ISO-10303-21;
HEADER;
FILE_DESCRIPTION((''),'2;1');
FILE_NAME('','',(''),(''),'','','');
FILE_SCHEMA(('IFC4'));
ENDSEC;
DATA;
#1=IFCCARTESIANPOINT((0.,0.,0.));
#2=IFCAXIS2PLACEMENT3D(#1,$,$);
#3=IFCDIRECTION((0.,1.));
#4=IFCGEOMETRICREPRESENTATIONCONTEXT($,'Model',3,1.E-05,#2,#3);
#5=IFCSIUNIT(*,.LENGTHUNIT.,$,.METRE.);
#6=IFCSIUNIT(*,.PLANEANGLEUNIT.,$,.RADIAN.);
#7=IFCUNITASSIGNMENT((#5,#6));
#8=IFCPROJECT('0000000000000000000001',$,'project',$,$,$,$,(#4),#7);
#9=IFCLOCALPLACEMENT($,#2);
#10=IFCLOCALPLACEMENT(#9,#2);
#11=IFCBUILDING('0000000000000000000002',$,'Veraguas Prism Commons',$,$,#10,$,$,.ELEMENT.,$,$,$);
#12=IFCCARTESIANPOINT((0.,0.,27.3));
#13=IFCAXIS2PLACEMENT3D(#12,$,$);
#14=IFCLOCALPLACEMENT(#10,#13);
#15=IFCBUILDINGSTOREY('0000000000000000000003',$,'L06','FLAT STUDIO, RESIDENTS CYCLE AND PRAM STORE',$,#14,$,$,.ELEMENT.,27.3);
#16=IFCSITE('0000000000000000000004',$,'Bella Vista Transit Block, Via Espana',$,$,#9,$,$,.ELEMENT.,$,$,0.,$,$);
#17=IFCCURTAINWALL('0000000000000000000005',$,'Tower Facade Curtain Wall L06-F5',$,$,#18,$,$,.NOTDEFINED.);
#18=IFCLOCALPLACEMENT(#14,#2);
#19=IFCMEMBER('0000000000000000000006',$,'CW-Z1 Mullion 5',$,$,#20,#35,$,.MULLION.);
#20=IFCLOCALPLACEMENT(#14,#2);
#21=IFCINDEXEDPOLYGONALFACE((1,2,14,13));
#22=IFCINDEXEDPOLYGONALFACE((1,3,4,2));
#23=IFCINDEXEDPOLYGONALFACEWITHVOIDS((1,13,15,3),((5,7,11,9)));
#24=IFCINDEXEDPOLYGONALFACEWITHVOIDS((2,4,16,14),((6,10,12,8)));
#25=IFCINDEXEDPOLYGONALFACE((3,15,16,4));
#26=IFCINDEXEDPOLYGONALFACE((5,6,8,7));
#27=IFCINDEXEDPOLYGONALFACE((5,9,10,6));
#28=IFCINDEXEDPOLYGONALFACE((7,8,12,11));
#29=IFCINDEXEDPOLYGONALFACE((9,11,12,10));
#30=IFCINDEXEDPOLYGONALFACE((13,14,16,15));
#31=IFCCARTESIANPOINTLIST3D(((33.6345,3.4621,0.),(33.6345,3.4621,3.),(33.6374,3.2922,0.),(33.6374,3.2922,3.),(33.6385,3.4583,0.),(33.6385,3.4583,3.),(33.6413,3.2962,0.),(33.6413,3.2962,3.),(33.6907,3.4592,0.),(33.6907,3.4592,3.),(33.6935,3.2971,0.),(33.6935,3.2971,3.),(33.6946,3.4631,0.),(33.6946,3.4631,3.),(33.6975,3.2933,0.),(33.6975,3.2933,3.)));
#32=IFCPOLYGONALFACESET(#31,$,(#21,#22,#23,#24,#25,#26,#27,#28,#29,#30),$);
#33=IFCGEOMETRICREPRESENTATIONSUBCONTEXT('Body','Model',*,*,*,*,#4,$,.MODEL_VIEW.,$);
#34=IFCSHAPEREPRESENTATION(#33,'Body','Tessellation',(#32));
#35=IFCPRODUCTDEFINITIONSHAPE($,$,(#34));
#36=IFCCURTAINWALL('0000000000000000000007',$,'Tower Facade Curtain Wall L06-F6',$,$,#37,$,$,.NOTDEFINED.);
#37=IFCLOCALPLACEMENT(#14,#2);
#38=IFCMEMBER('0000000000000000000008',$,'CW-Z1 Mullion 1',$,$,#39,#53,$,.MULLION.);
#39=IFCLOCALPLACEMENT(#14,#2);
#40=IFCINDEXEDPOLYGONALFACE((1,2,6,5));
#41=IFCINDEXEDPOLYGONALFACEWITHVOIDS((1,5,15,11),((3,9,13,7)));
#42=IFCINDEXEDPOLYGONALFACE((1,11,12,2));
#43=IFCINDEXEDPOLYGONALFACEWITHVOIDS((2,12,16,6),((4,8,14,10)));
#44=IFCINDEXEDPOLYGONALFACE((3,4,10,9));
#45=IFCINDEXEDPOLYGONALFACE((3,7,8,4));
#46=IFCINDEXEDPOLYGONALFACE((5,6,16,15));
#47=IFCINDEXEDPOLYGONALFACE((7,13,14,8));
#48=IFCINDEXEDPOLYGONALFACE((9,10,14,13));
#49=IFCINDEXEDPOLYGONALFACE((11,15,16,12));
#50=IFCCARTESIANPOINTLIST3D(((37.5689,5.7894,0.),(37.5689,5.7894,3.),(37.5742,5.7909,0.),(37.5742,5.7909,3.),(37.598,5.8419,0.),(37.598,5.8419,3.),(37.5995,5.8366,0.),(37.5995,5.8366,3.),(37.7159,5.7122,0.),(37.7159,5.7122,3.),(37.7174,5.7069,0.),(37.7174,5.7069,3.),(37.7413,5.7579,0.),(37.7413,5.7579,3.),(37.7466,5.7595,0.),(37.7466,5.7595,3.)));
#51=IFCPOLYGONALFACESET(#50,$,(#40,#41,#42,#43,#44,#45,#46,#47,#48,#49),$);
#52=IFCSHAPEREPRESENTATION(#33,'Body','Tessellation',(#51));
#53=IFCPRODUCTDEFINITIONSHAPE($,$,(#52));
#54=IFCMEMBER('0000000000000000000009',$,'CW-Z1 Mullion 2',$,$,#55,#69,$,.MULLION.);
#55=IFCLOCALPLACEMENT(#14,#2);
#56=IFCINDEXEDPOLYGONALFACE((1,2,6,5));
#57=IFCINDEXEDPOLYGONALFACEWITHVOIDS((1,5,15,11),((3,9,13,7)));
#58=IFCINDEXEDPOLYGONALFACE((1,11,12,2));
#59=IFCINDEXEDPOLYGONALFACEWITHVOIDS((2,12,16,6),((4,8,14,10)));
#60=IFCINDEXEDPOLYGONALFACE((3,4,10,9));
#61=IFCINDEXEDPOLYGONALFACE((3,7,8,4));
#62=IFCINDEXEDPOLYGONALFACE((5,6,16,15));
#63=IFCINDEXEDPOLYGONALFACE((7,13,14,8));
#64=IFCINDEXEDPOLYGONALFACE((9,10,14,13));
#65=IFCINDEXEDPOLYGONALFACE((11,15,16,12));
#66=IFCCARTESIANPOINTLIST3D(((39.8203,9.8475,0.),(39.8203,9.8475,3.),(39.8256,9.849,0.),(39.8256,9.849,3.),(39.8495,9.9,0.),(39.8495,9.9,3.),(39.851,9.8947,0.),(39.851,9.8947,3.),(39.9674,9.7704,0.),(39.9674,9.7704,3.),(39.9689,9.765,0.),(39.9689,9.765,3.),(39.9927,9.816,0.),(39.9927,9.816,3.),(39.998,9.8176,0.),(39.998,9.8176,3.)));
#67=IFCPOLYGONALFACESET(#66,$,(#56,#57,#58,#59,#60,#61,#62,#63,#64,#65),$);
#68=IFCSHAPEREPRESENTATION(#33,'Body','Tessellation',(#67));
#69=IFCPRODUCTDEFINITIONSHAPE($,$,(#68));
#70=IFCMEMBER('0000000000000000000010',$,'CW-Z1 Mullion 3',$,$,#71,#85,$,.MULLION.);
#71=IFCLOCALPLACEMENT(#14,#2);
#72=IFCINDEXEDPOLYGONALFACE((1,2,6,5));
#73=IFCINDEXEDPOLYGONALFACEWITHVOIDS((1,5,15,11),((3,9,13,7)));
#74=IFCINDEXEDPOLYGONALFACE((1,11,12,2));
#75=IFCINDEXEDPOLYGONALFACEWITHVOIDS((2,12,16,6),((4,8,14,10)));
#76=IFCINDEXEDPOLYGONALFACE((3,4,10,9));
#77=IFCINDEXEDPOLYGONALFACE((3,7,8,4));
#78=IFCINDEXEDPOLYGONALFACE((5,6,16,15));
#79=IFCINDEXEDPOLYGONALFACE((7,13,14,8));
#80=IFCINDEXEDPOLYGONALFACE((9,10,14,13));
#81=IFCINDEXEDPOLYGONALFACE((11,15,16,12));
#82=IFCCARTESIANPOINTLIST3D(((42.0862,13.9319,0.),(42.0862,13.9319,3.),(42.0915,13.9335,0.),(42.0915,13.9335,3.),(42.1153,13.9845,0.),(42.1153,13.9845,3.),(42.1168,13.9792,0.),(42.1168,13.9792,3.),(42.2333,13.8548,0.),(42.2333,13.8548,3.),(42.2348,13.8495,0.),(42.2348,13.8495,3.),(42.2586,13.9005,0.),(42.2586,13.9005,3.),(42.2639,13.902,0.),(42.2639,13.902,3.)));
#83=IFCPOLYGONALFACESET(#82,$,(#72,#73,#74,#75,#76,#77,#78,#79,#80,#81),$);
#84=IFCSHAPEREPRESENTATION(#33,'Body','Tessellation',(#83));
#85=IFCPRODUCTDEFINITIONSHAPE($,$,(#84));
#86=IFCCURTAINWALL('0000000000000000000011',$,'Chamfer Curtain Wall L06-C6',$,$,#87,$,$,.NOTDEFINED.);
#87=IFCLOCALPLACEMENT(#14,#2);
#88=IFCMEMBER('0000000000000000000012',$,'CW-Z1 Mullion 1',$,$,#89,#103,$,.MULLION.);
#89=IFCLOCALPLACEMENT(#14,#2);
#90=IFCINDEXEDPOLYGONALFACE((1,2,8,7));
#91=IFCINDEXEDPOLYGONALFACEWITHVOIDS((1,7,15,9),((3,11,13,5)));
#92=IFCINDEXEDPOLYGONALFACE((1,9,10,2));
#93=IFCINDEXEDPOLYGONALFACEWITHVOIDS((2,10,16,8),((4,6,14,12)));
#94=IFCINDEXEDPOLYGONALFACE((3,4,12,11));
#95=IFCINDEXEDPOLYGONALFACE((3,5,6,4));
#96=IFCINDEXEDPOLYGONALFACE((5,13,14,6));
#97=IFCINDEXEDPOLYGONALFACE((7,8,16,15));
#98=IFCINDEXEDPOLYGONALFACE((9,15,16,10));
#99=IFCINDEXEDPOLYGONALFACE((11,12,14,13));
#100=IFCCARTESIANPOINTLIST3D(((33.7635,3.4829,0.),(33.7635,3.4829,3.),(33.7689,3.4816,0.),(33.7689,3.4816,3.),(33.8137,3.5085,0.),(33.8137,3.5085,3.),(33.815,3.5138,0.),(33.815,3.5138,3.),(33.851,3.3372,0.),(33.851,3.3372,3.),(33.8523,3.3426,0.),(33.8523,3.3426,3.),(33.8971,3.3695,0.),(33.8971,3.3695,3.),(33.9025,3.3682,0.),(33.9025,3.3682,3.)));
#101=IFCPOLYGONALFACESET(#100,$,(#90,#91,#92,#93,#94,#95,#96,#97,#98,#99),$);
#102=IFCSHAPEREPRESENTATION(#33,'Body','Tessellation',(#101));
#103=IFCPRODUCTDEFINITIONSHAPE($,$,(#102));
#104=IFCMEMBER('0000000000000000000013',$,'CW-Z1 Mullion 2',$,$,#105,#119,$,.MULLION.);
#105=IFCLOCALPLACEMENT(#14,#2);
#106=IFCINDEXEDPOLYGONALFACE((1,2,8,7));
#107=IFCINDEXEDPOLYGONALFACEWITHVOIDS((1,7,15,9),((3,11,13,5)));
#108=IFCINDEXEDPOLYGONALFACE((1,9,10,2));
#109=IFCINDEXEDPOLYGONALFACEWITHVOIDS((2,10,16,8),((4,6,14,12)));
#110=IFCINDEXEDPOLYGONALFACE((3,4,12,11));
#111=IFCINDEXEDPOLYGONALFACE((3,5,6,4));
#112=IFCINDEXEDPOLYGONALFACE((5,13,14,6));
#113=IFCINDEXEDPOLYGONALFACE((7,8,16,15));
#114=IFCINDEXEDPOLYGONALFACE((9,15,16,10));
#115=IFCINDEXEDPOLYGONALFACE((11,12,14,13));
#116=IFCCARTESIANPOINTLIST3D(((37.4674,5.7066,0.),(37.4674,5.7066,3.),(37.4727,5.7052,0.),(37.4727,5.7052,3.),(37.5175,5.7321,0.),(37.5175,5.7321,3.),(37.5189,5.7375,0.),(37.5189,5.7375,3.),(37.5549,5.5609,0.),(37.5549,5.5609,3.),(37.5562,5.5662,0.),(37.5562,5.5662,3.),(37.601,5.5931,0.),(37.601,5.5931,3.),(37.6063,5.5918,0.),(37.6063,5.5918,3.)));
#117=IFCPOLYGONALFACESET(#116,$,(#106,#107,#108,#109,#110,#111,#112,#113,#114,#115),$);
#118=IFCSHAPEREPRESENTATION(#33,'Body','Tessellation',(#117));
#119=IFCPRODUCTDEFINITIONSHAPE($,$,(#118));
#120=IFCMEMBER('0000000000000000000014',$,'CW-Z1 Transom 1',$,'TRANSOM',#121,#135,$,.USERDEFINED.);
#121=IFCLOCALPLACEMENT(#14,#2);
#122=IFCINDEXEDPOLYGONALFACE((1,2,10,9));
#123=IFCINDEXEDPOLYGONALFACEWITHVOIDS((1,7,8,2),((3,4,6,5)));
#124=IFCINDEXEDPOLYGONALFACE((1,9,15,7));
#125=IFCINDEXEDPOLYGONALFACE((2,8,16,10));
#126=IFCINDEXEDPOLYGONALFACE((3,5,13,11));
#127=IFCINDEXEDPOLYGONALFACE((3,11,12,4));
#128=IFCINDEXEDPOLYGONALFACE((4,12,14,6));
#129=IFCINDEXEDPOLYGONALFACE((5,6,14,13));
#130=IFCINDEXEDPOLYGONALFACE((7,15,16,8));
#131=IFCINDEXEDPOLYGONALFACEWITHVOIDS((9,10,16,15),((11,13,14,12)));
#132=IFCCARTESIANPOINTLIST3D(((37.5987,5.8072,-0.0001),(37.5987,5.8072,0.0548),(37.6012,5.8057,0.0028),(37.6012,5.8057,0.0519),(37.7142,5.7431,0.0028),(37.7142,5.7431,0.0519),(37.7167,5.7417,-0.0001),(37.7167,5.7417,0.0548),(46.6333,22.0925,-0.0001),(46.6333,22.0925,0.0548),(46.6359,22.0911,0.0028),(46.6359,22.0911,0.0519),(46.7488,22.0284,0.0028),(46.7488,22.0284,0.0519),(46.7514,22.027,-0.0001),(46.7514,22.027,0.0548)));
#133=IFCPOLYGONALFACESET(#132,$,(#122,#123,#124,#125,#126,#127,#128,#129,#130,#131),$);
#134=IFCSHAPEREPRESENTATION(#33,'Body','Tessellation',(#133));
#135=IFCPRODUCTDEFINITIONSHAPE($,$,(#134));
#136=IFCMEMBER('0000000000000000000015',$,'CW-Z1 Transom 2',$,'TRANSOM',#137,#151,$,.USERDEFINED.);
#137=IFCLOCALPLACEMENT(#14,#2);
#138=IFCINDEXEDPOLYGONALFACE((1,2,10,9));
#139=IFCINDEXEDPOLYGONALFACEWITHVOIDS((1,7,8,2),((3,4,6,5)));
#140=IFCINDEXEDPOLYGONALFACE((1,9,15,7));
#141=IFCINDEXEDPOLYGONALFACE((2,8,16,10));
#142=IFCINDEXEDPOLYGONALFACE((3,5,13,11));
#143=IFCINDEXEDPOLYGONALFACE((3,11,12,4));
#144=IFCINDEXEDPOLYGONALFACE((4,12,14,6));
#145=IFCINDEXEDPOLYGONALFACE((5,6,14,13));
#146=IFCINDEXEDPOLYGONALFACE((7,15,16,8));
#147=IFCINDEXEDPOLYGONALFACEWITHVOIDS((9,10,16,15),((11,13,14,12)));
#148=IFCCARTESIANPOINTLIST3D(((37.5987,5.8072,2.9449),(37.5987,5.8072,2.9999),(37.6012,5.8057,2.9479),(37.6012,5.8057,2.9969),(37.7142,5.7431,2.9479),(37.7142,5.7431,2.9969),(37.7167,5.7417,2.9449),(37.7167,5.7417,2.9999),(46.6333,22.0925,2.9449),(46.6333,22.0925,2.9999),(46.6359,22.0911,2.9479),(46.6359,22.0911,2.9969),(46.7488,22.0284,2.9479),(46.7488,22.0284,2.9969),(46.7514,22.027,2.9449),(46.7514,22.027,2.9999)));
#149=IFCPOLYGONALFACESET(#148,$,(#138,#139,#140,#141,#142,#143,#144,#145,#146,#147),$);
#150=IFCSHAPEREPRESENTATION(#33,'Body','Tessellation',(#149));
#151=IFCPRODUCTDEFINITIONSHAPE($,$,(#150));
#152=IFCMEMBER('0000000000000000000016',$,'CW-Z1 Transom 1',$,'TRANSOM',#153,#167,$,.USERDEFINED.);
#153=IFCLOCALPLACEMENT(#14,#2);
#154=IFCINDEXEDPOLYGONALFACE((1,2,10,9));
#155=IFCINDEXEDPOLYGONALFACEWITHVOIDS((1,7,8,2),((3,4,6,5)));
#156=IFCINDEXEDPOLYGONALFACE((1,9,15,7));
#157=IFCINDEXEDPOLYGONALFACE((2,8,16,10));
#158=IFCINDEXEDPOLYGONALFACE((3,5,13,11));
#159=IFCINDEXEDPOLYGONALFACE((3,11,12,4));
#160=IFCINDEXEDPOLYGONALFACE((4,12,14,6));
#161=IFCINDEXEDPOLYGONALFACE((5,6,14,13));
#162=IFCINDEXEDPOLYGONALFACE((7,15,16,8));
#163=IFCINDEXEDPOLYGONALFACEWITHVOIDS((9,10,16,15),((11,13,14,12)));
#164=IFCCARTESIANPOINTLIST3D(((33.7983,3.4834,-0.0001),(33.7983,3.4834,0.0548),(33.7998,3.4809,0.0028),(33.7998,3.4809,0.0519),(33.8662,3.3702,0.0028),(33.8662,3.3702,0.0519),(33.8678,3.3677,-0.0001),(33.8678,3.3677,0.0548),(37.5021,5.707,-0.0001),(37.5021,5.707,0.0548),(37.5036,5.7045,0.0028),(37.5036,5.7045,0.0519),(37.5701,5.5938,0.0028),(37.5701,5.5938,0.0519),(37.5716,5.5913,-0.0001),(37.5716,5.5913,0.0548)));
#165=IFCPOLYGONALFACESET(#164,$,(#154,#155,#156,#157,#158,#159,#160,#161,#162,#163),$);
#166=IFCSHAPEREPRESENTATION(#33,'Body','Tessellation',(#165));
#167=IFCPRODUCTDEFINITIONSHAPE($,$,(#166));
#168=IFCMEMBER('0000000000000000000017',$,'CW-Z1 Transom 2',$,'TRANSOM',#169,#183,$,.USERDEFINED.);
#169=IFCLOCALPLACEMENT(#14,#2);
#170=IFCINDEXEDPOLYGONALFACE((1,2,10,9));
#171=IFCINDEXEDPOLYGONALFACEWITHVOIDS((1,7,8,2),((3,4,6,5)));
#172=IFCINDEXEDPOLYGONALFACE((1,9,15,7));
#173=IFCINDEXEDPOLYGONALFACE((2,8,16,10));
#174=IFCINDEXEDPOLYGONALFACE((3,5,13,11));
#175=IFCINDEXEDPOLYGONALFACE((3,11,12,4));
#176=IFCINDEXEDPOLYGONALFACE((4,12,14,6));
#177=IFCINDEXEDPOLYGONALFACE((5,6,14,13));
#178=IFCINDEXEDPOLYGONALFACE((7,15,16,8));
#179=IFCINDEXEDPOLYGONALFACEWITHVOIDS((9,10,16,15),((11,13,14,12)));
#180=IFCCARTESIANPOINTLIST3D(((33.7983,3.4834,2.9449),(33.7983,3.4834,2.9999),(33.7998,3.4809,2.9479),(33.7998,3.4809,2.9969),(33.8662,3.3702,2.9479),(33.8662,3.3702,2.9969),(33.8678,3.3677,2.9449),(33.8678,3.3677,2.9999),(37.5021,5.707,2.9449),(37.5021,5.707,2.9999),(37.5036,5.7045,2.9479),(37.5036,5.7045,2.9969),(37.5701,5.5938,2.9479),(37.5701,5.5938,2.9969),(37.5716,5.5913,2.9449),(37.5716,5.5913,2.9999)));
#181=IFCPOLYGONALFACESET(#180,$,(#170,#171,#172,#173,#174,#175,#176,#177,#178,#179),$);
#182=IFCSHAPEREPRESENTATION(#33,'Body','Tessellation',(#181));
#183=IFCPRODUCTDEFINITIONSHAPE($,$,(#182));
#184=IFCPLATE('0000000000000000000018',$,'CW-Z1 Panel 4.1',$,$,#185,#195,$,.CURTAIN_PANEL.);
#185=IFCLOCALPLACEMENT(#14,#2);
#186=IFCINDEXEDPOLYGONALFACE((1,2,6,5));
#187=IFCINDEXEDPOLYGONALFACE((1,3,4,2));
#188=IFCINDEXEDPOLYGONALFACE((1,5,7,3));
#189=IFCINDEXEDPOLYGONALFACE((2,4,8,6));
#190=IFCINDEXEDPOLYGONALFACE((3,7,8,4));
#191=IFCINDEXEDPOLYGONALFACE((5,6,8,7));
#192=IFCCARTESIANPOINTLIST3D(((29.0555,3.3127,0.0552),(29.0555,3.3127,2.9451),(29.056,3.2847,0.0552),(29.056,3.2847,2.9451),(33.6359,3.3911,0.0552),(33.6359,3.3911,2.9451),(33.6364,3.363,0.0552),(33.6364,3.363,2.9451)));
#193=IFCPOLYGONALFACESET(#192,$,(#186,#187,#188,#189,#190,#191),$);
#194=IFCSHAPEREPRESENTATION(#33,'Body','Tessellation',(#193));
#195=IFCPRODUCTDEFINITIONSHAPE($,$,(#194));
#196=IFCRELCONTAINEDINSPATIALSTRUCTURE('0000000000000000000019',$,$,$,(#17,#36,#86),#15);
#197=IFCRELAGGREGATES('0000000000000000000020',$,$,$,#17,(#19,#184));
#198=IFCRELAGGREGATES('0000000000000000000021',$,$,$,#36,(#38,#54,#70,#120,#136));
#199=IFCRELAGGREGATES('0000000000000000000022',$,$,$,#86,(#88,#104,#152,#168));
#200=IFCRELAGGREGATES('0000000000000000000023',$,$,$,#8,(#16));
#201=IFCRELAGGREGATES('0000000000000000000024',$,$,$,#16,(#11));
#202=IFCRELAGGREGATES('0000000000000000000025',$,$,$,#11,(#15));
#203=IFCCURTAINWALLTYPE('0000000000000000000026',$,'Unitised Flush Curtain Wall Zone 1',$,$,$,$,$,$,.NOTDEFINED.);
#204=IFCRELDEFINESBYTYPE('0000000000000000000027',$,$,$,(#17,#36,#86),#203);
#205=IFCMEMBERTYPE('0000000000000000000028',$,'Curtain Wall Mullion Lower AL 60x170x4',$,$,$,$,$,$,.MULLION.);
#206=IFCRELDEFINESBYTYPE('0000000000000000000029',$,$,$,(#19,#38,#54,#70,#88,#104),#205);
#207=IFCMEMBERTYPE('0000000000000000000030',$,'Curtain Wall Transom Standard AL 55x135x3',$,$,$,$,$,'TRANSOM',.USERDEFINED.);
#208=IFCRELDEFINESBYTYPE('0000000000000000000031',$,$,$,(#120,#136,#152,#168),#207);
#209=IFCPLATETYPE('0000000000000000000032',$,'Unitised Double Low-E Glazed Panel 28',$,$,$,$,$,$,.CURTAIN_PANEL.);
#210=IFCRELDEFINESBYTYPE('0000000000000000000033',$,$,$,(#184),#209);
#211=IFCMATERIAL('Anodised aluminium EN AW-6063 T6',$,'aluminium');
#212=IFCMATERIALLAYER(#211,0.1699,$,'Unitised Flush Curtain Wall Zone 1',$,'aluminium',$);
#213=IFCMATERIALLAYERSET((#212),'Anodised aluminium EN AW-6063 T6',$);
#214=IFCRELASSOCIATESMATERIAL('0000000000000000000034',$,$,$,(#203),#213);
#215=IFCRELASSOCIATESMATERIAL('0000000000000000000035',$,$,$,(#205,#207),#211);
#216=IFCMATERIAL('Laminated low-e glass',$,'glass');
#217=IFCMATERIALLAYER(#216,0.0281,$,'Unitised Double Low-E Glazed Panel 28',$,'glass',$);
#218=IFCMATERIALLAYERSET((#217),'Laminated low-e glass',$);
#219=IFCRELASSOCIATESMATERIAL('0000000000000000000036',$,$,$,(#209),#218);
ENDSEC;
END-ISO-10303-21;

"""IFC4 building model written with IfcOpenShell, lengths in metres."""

from ifc_helpers import new_model, si_unit, direction, frame, origin, origin_2d, place, context, subcontext, project, spatial, rectangle, hollow_rectangle, extrude, source, transform, mapped, material, layer, layer_set, material_profile, profile_set, type_object, element, aggregate, save


model = new_model("IFC4")

# Units and contexts
model_context = context("Model", 3, precision=1e-05, world=origin(), true_north=direction((0.0, 1.0)))
body_context = subcontext(model_context, "Body", "Model", "MODEL_VIEW")
ifc_project = project(units=[si_unit("LENGTHUNIT", "METRE"), si_unit("PLANEANGLEUNIT", "RADIAN")], contexts=[model_context])

# Site, building, storey
site_placement = place(None, origin())
site = spatial("IfcSite", under=ifc_project, at=site_placement, Name="Bella Vista Transit Block, Via Espana", CompositionType="ELEMENT", RefElevation=0.0)
building_placement = place(site_placement, origin())
building = spatial("IfcBuilding", under=site, at=building_placement, Name="Veraguas Prism Commons", CompositionType="ELEMENT")
storey_placement = place(building_placement, frame((0.0, 0.0, 27.3)))
storey = spatial("IfcBuildingStorey", under=building, at=storey_placement, Name="L06", Description="FLAT STUDIO, RESIDENTS CYCLE AND PRAM STORE", CompositionType="ELEMENT", Elevation=27.3)

# Curtain wall, member
ifc_material_1 = material(Name="Anodised aluminium EN AW-6063 T6", Category="aluminium")
ifc_layer_1 = layer(ifc_material_1, 0.1699, Name="Unitised Flush Curtain Wall Zone 1", Category="aluminium")
ifc_layer_set_1 = layer_set([ifc_layer_1], Name="Anodised aluminium EN AW-6063 T6")
curtain_wall_type = type_object("IfcCurtainWallType", Name="Unitised Flush Curtain Wall Zone 1", PredefinedType="NOTDEFINED", material=ifc_layer_set_1)
curtain_wall_1_placement = place(storey_placement, origin())
curtain_wall_1 = element("IfcCurtainWall", 1, at=curtain_wall_1_placement, inside=storey, type_object=curtain_wall_type, Name="Tower Facade Curtain Wall L06-F5", PredefinedType="NOTDEFINED")
ifc_material_profile_1 = material_profile(ifc_material_1, hollow_rectangle(XDim=0.0601, YDim=0.1699, WallThickness=0.0039, at=origin_2d()), Name="AL60X170X4")
ifc_profile_set_1 = profile_set([ifc_material_profile_1], Name="Anodised aluminium EN AW-6063 T6")
member_type_1 = type_object("IfcMemberType", Name="Curtain Wall Mullion Lower AL 60x170x4", PredefinedType="MULLION", material=ifc_profile_set_1)
shared_shape_1 = source(origin(), body_context, "Body", "SweptSolid", [
    extrude(hollow_rectangle(XDim=0.0601, YDim=0.1699, WallThickness=0.0039, at=origin_2d()), origin(), (0.0, 0.0, 1.0), 3.0),
])
member_1_placement = place(storey_placement, frame((33.666, 3.3777, 0.0), z_axis=(0.0, 0.0, 1.0), x_axis=(0.999854, 0.017105, 0.0)))
member_1 = element("IfcMember", 2, at=member_1_placement, type_object=member_type_1, Name="CW-Z1 Mullion 5", PredefinedType="MULLION", context=body_context, shape_type="MappedRepresentation", body=[
    mapped(shared_shape_1, transform((0.0, 0.0, 0.0), scale=1.0)),
])

# Curtain walls, members
curtain_wall_2_placement = place(storey_placement, origin())
curtain_wall_2 = element("IfcCurtainWall", 3, at=curtain_wall_2_placement, inside=storey, type_object=curtain_wall_type, Name="Tower Facade Curtain Wall L06-F6", PredefinedType="NOTDEFINED")
member_2_placement = place(storey_placement, frame((37.6577, 5.7744, 0.0), z_axis=(0.0, 0.0, 1.0), x_axis=(0.485116, 0.87445, 0.0)))
member_2 = element("IfcMember", 4, at=member_2_placement, type_object=member_type_1, Name="CW-Z1 Mullion 1", PredefinedType="MULLION", context=body_context, shape_type="MappedRepresentation", body=[
    mapped(shared_shape_1, transform((0.0, 0.0, 0.0), scale=1.0)),
])
member_3_placement = place(storey_placement, frame((39.9092, 9.8325, 0.0), z_axis=(0.0, 0.0, 1.0), x_axis=(0.485116, 0.87445, 0.0)))
member_3 = element("IfcMember", 5, at=member_3_placement, type_object=member_type_1, Name="CW-Z1 Mullion 2", PredefinedType="MULLION", context=body_context, shape_type="MappedRepresentation", body=[
    mapped(shared_shape_1, transform((0.0, 0.0, 0.0), scale=1.0)),
])
member_4_placement = place(storey_placement, frame((42.175, 13.917, 0.0), z_axis=(0.0, 0.0, 1.0), x_axis=(0.485116, 0.87445, 0.0)))
member_4 = element("IfcMember", 6, at=member_4_placement, type_object=member_type_1, Name="CW-Z1 Mullion 3", PredefinedType="MULLION", context=body_context, shape_type="MappedRepresentation", body=[
    mapped(shared_shape_1, transform((0.0, 0.0, 0.0), scale=1.0)),
])
curtain_wall_3_placement = place(storey_placement, origin())
curtain_wall_3 = element("IfcCurtainWall", 7, at=curtain_wall_3_placement, inside=storey, type_object=curtain_wall_type, Name="Chamfer Curtain Wall L06-C6", PredefinedType="NOTDEFINED")
member_5_placement = place(storey_placement, frame((33.833, 3.4255, 0.0), z_axis=(0.0, 0.0, 1.0), x_axis=(0.85735, 0.514734, 0.0)))
member_5 = element("IfcMember", 8, at=member_5_placement, type_object=member_type_1, Name="CW-Z1 Mullion 1", PredefinedType="MULLION", context=body_context, shape_type="MappedRepresentation", body=[
    mapped(shared_shape_1, transform((0.0, 0.0, 0.0), scale=1.0)),
])
member_6_placement = place(storey_placement, frame((37.5369, 5.6492, 0.0), z_axis=(0.0, 0.0, 1.0), x_axis=(0.85735, 0.514734, 0.0)))
member_6 = element("IfcMember", 9, at=member_6_placement, type_object=member_type_1, Name="CW-Z1 Mullion 2", PredefinedType="MULLION", context=body_context, shape_type="MappedRepresentation", body=[
    mapped(shared_shape_1, transform((0.0, 0.0, 0.0), scale=1.0)),
])

# Members
ifc_material_profile_2 = material_profile(ifc_material_1, hollow_rectangle(XDim=0.0549, YDim=0.135, WallThickness=0.0029, at=origin_2d()), Name="AL55X135X3")
ifc_profile_set_2 = profile_set([ifc_material_profile_2], Name="Anodised aluminium EN AW-6063 T6")
member_type_2 = type_object("IfcMemberType", Name="Curtain Wall Transom Standard AL 55x135x3", ElementType="TRANSOM", PredefinedType="USERDEFINED", material=ifc_profile_set_2)
shared_shape_2 = source(origin(), body_context, "Body", "SweptSolid", [
    extrude(hollow_rectangle(XDim=0.0549, YDim=0.135, WallThickness=0.0029, at=origin_2d()), origin(), (0.0, 0.0, 1.0), 18.6235),
])
member_7_placement = place(storey_placement, frame((37.6577, 5.7744, 0.0273), z_axis=(0.485119, 0.874448, 0.0), x_axis=(0.0, 0.0, 1.0)))
member_7 = element("IfcMember", 10, at=member_7_placement, type_object=member_type_2, Name="CW-Z1 Transom 1", ObjectType="TRANSOM", PredefinedType="USERDEFINED", context=body_context, shape_type="MappedRepresentation", body=[
    mapped(shared_shape_2, transform((0.0, 0.0, 0.0), scale=1.0)),
])
member_8_placement = place(storey_placement, frame((37.6577, 5.7744, 2.9724), z_axis=(0.485119, 0.874448, 0.0), x_axis=(0.0, 0.0, 1.0)))
member_8 = element("IfcMember", 11, at=member_8_placement, type_object=member_type_2, Name="CW-Z1 Transom 2", ObjectType="TRANSOM", PredefinedType="USERDEFINED", context=body_context, shape_type="MappedRepresentation", body=[
    mapped(shared_shape_2, transform((0.0, 0.0, 0.0), scale=1.0)),
])
shared_shape_3 = source(origin(), body_context, "Body", "SweptSolid", [
    extrude(hollow_rectangle(XDim=0.0549, YDim=0.135, WallThickness=0.0029, at=origin_2d()), origin(), (0.0, 0.0, 1.0), 4.3201),
])
member_9_placement = place(storey_placement, frame((33.833, 3.4255, 0.0273), z_axis=(0.857358, 0.51472, 0.0), x_axis=(0.0, 0.0, 1.0)))
member_9 = element("IfcMember", 12, at=member_9_placement, type_object=member_type_2, Name="CW-Z1 Transom 1", ObjectType="TRANSOM", PredefinedType="USERDEFINED", context=body_context, shape_type="MappedRepresentation", body=[
    mapped(shared_shape_3, transform((0.0, 0.0, 0.0), scale=1.0)),
])
member_10_placement = place(storey_placement, frame((33.833, 3.4255, 2.9724), z_axis=(0.857358, 0.51472, 0.0), x_axis=(0.0, 0.0, 1.0)))
member_10 = element("IfcMember", 13, at=member_10_placement, type_object=member_type_2, Name="CW-Z1 Transom 2", ObjectType="TRANSOM", PredefinedType="USERDEFINED", context=body_context, shape_type="MappedRepresentation", body=[
    mapped(shared_shape_3, transform((0.0, 0.0, 0.0), scale=1.0)),
])

# Plate
ifc_material_2 = material(Name="Laminated low-e glass", Category="glass")
ifc_layer_2 = layer(ifc_material_2, 0.0281, Name="Unitised Double Low-E Glazed Panel 28", Category="glass")
ifc_layer_set_2 = layer_set([ifc_layer_2], Name="Laminated low-e glass")
plate_type = type_object("IfcPlateType", Name="Unitised Double Low-E Glazed Panel 28", PredefinedType="CURTAIN_PANEL", material=ifc_layer_set_2)
shared_shape_4 = source(origin(), body_context, "Body", "SweptSolid", [
    extrude(rectangle(XDim=4.5811, YDim=0.0281, at=origin_2d()), origin(), (0.0, 0.0, 1.0), 2.8899),
])
plate_1_placement = place(storey_placement, frame((31.3459, 3.3379, 0.0552), z_axis=(0.0, 0.0, 1.0), x_axis=(0.999854, 0.017105, 0.0)))
plate_1 = element("IfcPlate", 14, at=plate_1_placement, type_object=plate_type, Name="CW-Z1 Panel 4.1", PredefinedType="CURTAIN_PANEL", context=body_context, shape_type="MappedRepresentation", body=[
    mapped(shared_shape_4, transform((0.0, 0.0, 0.0), scale=1.0)),
])
aggregate(curtain_wall_1, [member_1, plate_1])
aggregate(curtain_wall_2, [member_2, member_3, member_4, member_7, member_8])
aggregate(curtain_wall_3, [member_5, member_6, member_9, member_10])

save(model, "model.ifc")
